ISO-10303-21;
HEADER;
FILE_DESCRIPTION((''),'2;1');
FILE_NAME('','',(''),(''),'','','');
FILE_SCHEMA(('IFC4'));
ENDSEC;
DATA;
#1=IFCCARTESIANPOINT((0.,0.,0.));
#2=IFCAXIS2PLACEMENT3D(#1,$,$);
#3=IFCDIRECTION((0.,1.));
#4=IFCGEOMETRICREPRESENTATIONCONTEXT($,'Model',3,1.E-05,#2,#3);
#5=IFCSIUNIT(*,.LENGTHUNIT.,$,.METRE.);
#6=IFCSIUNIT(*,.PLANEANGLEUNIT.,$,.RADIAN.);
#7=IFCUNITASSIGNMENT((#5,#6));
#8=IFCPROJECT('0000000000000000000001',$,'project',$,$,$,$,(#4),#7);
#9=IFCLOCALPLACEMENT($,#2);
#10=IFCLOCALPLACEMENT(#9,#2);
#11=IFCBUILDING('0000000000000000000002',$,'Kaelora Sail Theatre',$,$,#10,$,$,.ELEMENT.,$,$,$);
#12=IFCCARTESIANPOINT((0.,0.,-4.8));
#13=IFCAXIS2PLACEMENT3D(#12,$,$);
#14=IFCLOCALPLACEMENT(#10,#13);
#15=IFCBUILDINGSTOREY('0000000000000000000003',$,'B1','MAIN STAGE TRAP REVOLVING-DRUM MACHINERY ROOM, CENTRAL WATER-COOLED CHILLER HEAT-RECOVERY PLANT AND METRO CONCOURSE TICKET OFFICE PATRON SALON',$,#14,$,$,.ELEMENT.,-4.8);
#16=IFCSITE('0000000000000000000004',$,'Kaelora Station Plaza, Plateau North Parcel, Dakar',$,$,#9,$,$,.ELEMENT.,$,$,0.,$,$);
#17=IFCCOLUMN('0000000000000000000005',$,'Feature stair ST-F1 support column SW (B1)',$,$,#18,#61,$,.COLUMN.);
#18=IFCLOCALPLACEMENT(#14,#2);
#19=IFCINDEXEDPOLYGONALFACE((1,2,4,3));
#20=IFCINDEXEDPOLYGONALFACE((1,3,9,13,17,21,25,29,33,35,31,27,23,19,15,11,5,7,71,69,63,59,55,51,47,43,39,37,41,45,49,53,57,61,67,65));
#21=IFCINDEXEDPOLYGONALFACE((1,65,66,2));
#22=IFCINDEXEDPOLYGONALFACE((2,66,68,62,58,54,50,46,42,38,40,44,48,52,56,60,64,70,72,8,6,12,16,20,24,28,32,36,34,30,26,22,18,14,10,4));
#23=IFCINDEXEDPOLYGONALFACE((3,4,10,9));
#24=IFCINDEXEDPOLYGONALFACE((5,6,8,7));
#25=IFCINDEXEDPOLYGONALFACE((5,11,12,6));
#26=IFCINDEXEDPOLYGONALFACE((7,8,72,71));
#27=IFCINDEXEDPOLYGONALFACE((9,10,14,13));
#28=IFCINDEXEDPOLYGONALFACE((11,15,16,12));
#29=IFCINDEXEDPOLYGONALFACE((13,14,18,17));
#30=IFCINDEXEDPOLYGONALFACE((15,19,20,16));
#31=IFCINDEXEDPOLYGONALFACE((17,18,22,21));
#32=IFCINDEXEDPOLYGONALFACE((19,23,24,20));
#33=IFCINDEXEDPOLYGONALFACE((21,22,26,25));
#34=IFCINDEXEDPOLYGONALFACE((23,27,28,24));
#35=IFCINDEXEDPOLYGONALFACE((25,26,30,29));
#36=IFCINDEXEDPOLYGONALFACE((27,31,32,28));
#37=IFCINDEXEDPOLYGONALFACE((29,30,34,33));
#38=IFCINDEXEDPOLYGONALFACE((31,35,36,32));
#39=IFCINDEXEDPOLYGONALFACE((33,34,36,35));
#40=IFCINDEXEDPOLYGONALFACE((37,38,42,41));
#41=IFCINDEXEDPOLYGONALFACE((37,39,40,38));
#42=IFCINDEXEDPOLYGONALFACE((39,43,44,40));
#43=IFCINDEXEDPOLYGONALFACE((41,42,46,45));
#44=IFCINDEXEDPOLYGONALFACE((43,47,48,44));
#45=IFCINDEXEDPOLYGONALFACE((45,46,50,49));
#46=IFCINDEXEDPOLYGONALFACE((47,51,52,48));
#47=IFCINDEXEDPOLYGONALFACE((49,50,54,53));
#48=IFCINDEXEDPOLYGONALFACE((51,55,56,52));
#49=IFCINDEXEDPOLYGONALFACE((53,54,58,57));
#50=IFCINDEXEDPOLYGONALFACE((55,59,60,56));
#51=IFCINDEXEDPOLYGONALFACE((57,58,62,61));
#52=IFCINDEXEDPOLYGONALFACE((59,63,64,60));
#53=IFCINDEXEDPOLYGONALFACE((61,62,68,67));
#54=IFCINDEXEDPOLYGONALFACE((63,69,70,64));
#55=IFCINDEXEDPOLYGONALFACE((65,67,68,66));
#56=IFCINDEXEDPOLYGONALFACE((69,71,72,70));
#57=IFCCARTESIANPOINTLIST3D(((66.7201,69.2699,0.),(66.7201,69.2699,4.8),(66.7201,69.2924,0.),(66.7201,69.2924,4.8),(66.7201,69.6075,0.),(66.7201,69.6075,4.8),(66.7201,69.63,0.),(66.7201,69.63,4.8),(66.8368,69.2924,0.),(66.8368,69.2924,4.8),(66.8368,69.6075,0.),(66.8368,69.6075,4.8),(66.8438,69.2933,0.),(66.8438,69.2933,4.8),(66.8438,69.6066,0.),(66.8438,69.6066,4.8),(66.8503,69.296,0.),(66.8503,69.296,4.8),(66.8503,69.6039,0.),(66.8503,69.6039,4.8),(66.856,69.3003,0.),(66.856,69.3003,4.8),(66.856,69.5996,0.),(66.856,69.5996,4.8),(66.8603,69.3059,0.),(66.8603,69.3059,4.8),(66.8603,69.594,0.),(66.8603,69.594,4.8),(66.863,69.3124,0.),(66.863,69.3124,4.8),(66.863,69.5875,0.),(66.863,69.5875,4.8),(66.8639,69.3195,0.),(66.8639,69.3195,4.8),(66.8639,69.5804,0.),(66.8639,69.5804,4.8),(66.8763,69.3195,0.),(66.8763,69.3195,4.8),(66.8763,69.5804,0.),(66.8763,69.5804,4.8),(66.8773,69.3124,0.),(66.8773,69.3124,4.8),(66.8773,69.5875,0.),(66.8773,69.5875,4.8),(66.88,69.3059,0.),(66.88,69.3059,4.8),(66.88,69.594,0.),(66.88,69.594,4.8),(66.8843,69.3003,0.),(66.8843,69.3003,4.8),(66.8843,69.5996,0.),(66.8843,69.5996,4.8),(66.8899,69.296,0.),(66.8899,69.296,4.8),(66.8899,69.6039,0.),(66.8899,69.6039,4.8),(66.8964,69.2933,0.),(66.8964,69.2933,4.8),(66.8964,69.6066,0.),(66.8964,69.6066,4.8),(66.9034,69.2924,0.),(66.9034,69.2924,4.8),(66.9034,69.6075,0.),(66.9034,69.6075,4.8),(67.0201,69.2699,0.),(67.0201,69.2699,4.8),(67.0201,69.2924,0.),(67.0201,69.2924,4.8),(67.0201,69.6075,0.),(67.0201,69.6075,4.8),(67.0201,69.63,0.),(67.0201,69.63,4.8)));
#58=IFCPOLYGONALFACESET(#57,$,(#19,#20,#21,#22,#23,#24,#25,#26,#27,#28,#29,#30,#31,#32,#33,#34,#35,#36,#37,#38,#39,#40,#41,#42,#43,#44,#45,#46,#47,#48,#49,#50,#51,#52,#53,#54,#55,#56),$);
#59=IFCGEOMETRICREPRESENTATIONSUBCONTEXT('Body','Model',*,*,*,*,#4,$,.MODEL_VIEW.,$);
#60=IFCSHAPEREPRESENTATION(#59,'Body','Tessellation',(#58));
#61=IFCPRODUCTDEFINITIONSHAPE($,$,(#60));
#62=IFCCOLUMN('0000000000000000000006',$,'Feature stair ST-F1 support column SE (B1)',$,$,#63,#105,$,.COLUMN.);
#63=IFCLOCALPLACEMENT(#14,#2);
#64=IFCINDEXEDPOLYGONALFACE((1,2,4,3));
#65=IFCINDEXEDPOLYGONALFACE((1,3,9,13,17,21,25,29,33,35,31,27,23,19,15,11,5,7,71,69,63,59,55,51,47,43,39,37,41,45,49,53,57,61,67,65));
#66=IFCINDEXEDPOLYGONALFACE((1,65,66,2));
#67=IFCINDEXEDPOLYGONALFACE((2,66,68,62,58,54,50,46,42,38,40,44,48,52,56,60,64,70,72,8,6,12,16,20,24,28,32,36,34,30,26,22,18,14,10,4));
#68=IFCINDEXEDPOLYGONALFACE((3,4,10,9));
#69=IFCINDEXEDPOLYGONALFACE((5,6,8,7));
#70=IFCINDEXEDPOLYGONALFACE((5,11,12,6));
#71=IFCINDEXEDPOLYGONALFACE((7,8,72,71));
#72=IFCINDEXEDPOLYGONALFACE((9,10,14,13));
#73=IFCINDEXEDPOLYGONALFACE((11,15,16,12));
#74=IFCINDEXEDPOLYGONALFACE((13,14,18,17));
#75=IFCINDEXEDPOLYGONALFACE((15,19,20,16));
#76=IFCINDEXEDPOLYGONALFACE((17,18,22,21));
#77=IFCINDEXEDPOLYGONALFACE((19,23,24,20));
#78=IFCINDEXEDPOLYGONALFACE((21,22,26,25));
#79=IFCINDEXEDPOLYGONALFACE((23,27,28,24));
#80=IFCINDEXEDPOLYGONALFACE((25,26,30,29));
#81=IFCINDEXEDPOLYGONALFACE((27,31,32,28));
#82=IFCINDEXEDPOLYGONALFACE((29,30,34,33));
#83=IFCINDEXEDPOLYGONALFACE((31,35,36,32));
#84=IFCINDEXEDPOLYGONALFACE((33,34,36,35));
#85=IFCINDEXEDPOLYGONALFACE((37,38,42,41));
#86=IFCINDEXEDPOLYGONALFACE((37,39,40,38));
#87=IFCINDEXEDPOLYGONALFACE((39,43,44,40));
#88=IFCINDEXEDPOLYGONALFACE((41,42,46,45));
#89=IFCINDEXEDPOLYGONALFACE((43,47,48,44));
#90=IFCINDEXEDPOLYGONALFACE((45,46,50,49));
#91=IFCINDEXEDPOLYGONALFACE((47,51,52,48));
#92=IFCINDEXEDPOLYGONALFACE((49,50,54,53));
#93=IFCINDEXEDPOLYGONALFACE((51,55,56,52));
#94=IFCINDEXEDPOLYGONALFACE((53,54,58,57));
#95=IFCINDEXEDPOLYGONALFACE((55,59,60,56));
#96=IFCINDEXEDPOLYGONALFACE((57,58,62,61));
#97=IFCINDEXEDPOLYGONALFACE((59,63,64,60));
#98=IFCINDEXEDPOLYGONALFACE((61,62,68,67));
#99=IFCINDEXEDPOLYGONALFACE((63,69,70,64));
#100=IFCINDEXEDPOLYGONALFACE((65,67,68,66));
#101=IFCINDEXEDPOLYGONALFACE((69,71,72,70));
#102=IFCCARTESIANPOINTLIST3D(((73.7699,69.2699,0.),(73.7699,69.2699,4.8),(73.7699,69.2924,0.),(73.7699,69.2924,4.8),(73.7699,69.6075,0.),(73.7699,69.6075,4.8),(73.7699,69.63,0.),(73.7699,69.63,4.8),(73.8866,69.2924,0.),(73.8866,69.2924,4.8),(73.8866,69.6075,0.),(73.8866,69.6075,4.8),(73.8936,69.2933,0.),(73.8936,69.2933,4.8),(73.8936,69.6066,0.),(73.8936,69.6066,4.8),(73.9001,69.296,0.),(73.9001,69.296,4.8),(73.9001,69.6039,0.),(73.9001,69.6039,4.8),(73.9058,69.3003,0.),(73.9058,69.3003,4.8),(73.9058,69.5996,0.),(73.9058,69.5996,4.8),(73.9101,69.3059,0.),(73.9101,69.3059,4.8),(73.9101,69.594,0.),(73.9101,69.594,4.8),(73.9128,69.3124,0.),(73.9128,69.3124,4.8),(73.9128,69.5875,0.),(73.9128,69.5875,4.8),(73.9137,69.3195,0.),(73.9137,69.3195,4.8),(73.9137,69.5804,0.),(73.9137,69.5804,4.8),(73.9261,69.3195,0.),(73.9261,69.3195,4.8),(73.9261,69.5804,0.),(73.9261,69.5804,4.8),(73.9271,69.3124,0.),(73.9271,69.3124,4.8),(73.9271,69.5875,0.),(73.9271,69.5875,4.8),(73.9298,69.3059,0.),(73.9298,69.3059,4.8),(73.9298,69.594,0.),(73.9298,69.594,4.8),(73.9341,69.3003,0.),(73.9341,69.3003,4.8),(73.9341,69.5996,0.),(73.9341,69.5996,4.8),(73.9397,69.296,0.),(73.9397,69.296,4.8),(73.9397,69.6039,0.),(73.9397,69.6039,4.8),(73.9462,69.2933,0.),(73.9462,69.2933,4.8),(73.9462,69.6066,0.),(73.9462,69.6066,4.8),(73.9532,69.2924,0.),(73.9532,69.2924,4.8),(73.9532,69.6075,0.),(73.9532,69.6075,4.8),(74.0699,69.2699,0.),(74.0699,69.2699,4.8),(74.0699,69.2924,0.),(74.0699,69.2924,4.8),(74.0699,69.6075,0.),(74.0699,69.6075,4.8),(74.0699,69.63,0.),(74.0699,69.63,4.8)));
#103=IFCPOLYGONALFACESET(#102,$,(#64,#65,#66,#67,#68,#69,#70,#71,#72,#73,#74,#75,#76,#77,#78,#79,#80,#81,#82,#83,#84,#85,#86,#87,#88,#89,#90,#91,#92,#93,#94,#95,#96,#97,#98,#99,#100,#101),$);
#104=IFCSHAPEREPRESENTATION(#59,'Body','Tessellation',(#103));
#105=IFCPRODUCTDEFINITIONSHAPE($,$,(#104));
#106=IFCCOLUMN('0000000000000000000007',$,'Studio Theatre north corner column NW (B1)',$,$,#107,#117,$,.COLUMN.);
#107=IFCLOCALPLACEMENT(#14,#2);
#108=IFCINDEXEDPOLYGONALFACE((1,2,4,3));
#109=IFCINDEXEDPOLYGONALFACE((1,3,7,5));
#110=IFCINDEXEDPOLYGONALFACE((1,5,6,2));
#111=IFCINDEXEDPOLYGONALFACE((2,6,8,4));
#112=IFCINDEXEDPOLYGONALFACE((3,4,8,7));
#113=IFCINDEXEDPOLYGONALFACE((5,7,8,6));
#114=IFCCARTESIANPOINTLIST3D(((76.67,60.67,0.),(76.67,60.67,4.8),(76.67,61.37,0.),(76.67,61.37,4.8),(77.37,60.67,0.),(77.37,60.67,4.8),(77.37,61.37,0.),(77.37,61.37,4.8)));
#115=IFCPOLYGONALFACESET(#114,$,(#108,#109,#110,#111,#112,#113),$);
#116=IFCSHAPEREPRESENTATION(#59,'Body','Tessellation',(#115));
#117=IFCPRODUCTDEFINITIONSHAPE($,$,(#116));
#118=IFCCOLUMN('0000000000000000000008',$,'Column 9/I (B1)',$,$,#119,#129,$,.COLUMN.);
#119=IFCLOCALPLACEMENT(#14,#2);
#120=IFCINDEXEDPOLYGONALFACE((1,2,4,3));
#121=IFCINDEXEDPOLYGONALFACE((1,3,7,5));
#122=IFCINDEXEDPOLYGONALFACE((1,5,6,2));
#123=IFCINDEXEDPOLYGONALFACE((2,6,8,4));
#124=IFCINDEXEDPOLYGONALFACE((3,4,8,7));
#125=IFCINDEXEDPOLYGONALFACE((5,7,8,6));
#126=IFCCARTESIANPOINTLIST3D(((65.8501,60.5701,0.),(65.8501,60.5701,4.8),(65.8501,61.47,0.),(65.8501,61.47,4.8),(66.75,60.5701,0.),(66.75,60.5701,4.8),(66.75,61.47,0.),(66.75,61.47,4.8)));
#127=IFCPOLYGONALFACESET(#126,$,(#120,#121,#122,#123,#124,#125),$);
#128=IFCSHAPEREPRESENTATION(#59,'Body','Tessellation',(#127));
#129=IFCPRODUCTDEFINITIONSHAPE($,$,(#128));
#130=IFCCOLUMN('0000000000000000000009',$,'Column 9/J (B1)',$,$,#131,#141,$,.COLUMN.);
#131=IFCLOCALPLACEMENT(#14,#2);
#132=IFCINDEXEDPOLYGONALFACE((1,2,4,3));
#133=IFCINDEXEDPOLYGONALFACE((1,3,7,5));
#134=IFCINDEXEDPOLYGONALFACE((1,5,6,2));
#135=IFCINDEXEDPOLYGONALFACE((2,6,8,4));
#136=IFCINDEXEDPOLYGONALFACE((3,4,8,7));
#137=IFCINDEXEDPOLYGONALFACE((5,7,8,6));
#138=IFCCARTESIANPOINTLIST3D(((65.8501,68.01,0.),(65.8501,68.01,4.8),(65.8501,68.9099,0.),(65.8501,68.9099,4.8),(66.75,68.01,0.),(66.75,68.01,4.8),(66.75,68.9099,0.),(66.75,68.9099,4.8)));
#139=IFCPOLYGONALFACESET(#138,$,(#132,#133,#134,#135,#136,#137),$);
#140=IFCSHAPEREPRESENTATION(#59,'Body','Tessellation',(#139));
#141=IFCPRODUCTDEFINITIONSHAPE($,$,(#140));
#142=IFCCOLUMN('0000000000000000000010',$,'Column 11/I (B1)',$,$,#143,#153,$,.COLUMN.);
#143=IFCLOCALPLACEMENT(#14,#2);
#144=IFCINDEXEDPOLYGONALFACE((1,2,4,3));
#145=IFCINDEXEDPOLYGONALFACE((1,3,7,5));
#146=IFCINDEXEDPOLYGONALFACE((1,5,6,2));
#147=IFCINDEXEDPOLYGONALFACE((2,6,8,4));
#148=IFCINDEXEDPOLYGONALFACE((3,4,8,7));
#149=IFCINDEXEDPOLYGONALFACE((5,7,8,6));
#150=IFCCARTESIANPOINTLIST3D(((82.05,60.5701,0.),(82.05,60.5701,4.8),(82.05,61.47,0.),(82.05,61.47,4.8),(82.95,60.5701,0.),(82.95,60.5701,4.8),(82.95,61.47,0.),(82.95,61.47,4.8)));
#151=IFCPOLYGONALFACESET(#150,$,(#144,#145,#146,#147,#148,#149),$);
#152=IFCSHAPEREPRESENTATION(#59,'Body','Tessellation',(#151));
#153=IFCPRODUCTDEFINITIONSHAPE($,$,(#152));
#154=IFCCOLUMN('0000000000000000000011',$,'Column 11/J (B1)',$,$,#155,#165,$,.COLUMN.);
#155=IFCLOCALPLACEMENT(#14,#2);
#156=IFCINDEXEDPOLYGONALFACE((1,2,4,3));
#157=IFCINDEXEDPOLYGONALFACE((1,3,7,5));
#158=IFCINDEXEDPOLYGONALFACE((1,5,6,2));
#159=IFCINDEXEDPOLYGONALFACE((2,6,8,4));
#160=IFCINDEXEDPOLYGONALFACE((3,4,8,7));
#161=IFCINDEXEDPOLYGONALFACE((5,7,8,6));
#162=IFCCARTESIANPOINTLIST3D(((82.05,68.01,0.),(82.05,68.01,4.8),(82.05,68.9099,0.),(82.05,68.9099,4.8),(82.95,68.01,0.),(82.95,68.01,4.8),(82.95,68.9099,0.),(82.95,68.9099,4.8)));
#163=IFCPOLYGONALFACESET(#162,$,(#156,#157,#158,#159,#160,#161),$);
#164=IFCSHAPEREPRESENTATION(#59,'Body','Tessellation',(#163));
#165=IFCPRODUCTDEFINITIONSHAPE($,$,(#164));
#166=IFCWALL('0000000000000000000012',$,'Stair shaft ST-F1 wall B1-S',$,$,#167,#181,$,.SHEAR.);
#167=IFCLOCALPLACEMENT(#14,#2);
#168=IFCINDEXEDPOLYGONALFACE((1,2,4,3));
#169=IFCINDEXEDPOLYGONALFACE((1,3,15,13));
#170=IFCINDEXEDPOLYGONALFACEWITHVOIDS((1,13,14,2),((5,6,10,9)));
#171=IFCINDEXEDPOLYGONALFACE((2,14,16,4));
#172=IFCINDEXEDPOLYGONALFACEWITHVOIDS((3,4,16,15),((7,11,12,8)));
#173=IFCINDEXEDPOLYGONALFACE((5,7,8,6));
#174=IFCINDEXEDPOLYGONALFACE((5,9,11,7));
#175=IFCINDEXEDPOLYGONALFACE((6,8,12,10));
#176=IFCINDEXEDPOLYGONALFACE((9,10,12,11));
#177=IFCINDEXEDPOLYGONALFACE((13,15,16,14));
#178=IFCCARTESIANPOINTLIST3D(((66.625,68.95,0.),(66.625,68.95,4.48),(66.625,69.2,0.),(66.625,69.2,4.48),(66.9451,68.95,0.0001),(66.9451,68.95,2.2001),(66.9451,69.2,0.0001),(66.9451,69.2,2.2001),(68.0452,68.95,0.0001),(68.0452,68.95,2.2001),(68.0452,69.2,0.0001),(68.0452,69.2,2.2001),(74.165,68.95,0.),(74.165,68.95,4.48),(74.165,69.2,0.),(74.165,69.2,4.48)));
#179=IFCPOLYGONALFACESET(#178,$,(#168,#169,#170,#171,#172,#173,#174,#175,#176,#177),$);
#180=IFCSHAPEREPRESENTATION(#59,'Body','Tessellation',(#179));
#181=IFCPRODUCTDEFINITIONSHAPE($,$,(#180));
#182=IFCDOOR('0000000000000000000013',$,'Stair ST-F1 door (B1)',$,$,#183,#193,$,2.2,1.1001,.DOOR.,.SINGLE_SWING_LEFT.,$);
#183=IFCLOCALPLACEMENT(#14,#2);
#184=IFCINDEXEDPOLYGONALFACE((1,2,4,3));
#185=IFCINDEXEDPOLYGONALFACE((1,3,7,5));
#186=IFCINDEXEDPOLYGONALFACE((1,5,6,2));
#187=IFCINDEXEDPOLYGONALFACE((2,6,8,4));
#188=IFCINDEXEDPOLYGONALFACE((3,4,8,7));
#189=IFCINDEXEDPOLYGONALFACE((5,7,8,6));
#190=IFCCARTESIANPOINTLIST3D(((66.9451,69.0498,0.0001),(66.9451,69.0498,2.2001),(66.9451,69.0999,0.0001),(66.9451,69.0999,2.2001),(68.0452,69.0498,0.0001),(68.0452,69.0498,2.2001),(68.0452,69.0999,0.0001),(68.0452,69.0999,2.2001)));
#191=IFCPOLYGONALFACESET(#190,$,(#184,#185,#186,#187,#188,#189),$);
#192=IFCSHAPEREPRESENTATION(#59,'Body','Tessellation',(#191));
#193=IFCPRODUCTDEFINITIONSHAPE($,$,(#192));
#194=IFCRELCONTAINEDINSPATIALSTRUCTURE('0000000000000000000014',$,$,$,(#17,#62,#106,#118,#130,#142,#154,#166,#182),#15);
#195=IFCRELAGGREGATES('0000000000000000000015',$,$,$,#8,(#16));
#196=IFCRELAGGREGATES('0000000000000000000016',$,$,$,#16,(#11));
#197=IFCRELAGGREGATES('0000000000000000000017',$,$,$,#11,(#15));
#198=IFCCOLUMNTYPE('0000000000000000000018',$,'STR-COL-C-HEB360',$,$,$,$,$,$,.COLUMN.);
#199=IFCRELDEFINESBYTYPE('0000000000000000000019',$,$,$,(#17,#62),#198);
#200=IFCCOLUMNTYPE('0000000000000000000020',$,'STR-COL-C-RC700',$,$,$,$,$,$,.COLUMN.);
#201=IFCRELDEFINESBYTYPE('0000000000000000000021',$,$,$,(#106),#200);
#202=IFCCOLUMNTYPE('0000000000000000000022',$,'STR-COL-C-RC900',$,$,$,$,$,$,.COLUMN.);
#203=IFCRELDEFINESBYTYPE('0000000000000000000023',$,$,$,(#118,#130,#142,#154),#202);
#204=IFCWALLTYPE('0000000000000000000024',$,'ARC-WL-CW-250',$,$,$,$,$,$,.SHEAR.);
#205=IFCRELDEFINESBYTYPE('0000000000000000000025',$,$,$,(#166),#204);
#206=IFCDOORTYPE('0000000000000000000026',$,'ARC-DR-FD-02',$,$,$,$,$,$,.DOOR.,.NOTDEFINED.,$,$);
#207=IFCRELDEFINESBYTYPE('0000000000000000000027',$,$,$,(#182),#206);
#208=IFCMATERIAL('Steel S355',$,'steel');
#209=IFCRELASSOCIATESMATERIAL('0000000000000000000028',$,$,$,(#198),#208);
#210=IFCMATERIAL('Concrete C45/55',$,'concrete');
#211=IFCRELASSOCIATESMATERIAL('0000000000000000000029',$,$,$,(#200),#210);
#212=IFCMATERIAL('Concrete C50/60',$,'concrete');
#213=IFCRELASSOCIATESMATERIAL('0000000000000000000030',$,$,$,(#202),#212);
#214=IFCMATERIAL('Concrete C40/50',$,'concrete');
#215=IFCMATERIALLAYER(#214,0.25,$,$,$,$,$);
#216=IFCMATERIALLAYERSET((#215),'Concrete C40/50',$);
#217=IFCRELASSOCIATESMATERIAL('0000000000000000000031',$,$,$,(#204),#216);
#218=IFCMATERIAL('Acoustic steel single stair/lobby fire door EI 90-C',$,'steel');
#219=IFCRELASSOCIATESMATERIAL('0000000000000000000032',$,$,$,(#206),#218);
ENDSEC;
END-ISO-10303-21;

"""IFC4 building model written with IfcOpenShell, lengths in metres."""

from ifc_helpers import new_model, si_unit, direction, frame, frame_2d, origin, origin_2d, place, context, subcontext, project, spatial, rectangle, i_section, extrude, material, layer, layer_set, material_profile, profile_set, type_object, element, fill, save


model = new_model("IFC4")

# Units and contexts
model_context = context("Model", 3, precision=1e-05, world=origin(), true_north=direction((0.0, 1.0)))
body_context = subcontext(model_context, "Body", "Model", "MODEL_VIEW")
ifc_project = project(units=[si_unit("LENGTHUNIT", "METRE"), si_unit("PLANEANGLEUNIT", "RADIAN")], contexts=[model_context])

# Site, building, storey
site_placement = place(None, origin())
site = spatial("IfcSite", under=ifc_project, at=site_placement, Name="Kaelora Station Plaza, Plateau North Parcel, Dakar", CompositionType="ELEMENT", RefElevation=0.0)
building_placement = place(site_placement, origin())
building = spatial("IfcBuilding", under=site, at=building_placement, Name="Kaelora Sail Theatre", CompositionType="ELEMENT")
storey_placement = place(building_placement, frame((0.0, 0.0, -4.8)))
storey = spatial("IfcBuildingStorey", under=building, at=storey_placement, Name="B1", Description="MAIN STAGE TRAP REVOLVING-DRUM MACHINERY ROOM, CENTRAL WATER-COOLED CHILLER HEAT-RECOVERY PLANT AND METRO CONCOURSE TICKET OFFICE PATRON SALON", CompositionType="ELEMENT", Elevation=-4.8)

# Columns
ifc_material_1 = material(Name="Steel S355", Category="steel")
ifc_material_profile_1 = material_profile(ifc_material_1, i_section(OverallWidth=0.3, OverallDepth=0.3601, WebThickness=0.0125, FlangeThickness=0.0225, FilletRadius=0.0271, at=origin_2d()), Name="HEB 360")
ifc_profile_set_1 = profile_set([ifc_material_profile_1], Name="Steel S355")
column_type_1 = type_object("IfcColumnType", Name="STR-COL-C-HEB360", PredefinedType="COLUMN", material=ifc_profile_set_1)
for number, where, z_axis, x_axis, name in (
    (1, (66.8701, 69.45, 0.0), (0.0, 0.0, 1.0), (1.0, 0.0, 0.0), "Feature stair ST-F1 support column SW (B1)"),
    (2, (73.9199, 69.45, 0.0), (0.0, 0.0, 1.0), (1.0, 0.0, 0.0), "Feature stair ST-F1 support column SE (B1)"),
):
    element("IfcColumn", number, at=place(storey_placement, frame(where, z_axis=z_axis, x_axis=x_axis)), inside=storey, type_object=column_type_1, Name=name, PredefinedType="COLUMN", context=body_context, shape_type="SweptSolid", body=[
        extrude(i_section(OverallWidth=0.3, OverallDepth=0.3601, WebThickness=0.0125, FlangeThickness=0.0225, FilletRadius=0.0271, at=origin_2d()), origin(), (0.0, 0.0, 1.0), 4.8),
    ])
ifc_material_2 = material(Name="Concrete C45/55", Category="concrete")
ifc_material_profile_2 = material_profile(ifc_material_2, rectangle(XDim=0.7, YDim=0.7, at=origin_2d()), Name="RC-COL 700x700")
ifc_profile_set_2 = profile_set([ifc_material_profile_2], Name="Concrete C45/55")
column_type_2 = type_object("IfcColumnType", Name="STR-COL-C-RC700", PredefinedType="COLUMN", material=ifc_profile_set_2)
column_placement = place(storey_placement, frame((77.02, 61.02, 0.0), z_axis=(0.0, 0.0, 1.0), x_axis=(1.0, 0.0, 0.0)))
element("IfcColumn", 3, at=column_placement, inside=storey, type_object=column_type_2, Name="Studio Theatre north corner column NW (B1)", PredefinedType="COLUMN", context=body_context, shape_type="SweptSolid", body=[
    extrude(rectangle(XDim=0.7, YDim=0.7, at=origin_2d()), origin(), (0.0, 0.0, 1.0), 4.8),
])
ifc_material_3 = material(Name="Concrete C50/60", Category="concrete")
ifc_material_profile_3 = material_profile(ifc_material_3, rectangle(XDim=0.8999, YDim=0.8999, at=origin_2d()), Name="RC-COL 900x900")
ifc_profile_set_3 = profile_set([ifc_material_profile_3], Name="Concrete C50/60")
column_type_3 = type_object("IfcColumnType", Name="STR-COL-C-RC900", PredefinedType="COLUMN", material=ifc_profile_set_3)
for number, where, z_axis, x_axis, name in (
    (4, (66.3, 61.02, 0.0), (0.0, 0.0, 1.0), (1.0, 0.0, 0.0), "Column 9/I (B1)"),
    (5, (66.3, 68.46, 0.0), (0.0, 0.0, 1.0), (1.0, 0.0, 0.0), "Column 9/J (B1)"),
    (6, (82.5, 61.02, 0.0), (0.0, 0.0, 1.0), (1.0, 0.0, 0.0), "Column 11/I (B1)"),
    (7, (82.5, 68.46, 0.0), (0.0, 0.0, 1.0), (1.0, 0.0, 0.0), "Column 11/J (B1)"),
):
    element("IfcColumn", number, at=place(storey_placement, frame(where, z_axis=z_axis, x_axis=x_axis)), inside=storey, type_object=column_type_3, Name=name, PredefinedType="COLUMN", context=body_context, shape_type="SweptSolid", body=[
        extrude(rectangle(XDim=0.8999, YDim=0.8999, at=origin_2d()), origin(), (0.0, 0.0, 1.0), 4.8),
    ])

# Wall, opening, door
ifc_material_4 = material(Name="Concrete C40/50", Category="concrete")
ifc_layer_1 = layer(ifc_material_4, 0.25)
ifc_layer_set_1 = layer_set([ifc_layer_1], Name="Concrete C40/50")
wall_type_1 = type_object("IfcWallType", Name="ARC-WL-CW-250", PredefinedType="SHEAR", material=ifc_layer_set_1)
wall_1_placement = place(storey_placement, frame((66.625, 69.075, 0.0), z_axis=(0.0, 0.0, 1.0), x_axis=(1.0, 0.0, 0.0)))
wall_1 = element("IfcWall", 8, at=wall_1_placement, inside=storey, type_object=wall_type_1, Name="Stair shaft ST-F1 wall B1-S", PredefinedType="SHEAR", context=body_context, shape_type="SweptSolid", body=[
    extrude(rectangle(XDim=7.54, YDim=0.25, at=frame_2d((3.77, 0.0))), origin(), (0.0, 0.0, 1.0), 4.48),
])
opening_1_placement = place(wall_1_placement, frame((0.3201, 0.0, 0.0)))
opening_1 = element("IfcOpeningElement", 9, at=opening_1_placement, cuts=wall_1, PredefinedType="OPENING", context=body_context, shape_type="SweptSolid", body=[
    extrude(rectangle(XDim=1.1001, YDim=2.2, at=frame_2d((0.55, 1.1001))), frame((0.0, 0.135, 0.0), z_axis=(0.0, -1.0, 0.0), x_axis=(1.0, 0.0, 0.0)), (0.0, 0.0, 1.0), 0.27),
])
ifc_material_5 = material(Name="Acoustic steel single stair/lobby fire door EI 90-C", Category="steel")
door_type_1 = type_object("IfcDoorType", Name="ARC-DR-FD-02", OperationType="NOTDEFINED", PredefinedType="DOOR", material=ifc_material_5)
door_1_placement = place(opening_1_placement, origin())
door_1 = element("IfcDoor", 10, at=door_1_placement, inside=storey, type_object=door_type_1, Name="Stair ST-F1 door (B1)", OperationType="SINGLE_SWING_LEFT", OverallHeight=2.2, OverallWidth=1.1001, PredefinedType="DOOR", context=body_context, shape_type="SweptSolid", body=[
    extrude(rectangle(XDim=1.1001, YDim=2.2, at=frame_2d((0.55, 1.1001))), frame((0.0, 0.0249, 0.0), z_axis=(0.0, -1.0, 0.0), x_axis=(1.0, 0.0, 0.0)), (0.0, 0.0, 1.0), 0.05),
])
fill(opening_1, door_1)

save(model, "model.ifc")
